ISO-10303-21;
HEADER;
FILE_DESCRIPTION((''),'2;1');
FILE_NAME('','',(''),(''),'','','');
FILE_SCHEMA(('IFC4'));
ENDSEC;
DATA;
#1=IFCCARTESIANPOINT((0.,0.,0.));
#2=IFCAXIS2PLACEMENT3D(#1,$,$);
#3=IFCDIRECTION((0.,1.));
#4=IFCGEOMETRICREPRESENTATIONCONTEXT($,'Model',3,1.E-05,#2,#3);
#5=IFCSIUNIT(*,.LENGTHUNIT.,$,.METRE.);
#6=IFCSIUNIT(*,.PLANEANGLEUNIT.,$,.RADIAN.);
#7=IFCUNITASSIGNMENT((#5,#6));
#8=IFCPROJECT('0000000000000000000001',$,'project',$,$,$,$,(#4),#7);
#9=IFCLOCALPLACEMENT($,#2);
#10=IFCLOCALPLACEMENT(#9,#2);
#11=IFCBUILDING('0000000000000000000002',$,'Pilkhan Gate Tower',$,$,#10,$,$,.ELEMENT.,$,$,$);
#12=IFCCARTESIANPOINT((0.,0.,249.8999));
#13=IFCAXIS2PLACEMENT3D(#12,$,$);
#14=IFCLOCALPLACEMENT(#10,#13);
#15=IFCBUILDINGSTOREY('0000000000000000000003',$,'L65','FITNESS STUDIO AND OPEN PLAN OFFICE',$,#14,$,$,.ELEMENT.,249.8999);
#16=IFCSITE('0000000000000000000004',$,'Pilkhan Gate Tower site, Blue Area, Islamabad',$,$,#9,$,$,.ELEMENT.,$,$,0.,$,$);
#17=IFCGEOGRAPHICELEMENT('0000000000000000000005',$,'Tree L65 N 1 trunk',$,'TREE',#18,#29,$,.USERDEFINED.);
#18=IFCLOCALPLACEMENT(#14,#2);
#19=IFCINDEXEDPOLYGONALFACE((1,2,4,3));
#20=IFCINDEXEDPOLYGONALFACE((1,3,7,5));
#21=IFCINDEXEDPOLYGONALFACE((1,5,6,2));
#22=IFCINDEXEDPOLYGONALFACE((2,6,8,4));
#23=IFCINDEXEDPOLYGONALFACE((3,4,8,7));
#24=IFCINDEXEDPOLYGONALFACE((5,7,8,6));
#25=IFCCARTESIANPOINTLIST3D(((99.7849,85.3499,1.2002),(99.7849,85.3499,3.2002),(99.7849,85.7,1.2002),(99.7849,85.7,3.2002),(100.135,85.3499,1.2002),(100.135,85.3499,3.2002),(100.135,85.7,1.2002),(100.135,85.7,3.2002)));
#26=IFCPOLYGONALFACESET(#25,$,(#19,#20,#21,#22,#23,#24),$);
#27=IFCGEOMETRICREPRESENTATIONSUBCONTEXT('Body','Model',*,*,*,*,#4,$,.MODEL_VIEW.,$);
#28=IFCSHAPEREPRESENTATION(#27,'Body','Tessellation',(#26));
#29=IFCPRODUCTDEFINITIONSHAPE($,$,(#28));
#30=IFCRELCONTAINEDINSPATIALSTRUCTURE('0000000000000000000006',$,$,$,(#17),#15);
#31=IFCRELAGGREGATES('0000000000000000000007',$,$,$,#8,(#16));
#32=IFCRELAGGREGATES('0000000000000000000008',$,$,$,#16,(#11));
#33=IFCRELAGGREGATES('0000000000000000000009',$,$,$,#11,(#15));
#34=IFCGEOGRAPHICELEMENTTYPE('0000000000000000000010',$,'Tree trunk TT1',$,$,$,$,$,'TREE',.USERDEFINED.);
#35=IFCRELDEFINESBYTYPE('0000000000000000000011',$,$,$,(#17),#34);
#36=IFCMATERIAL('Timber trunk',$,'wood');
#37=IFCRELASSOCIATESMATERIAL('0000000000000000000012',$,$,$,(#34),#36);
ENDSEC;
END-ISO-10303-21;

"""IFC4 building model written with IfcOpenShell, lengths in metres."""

from ifc_helpers import new_model, si_unit, direction, frame, origin, origin_2d, place, context, subcontext, project, spatial, rectangle, extrude, material, type_object, element, save


model = new_model("IFC4")

# Units and contexts
model_context = context("Model", 3, precision=1e-05, world=origin(), true_north=direction((0.0, 1.0)))
body_context = subcontext(model_context, "Body", "Model", "MODEL_VIEW")
ifc_project = project(units=[si_unit("LENGTHUNIT", "METRE"), si_unit("PLANEANGLEUNIT", "RADIAN")], contexts=[model_context])

# Site, building, storey
site_placement = place(None, origin())
site = spatial("IfcSite", under=ifc_project, at=site_placement, Name="Pilkhan Gate Tower site, Blue Area, Islamabad", CompositionType="ELEMENT", RefElevation=0.0)
building_placement = place(site_placement, origin())
building = spatial("IfcBuilding", under=site, at=building_placement, Name="Pilkhan Gate Tower", CompositionType="ELEMENT")
storey_placement = place(building_placement, frame((0.0, 0.0, 249.8999)))
storey = spatial("IfcBuildingStorey", under=building, at=storey_placement, Name="L65", Description="FITNESS STUDIO AND OPEN PLAN OFFICE", CompositionType="ELEMENT", Elevation=249.8999)

# Geographic element
ifc_material_1 = material(Name="Timber trunk", Category="wood")
geographic_element_type_1 = type_object("IfcGeographicElementType", Name="Tree trunk TT1", ElementType="TREE", PredefinedType="USERDEFINED", material=ifc_material_1)
geographic_element_1_placement = place(storey_placement, frame((99.96, 85.5249, 1.2002), z_axis=(0.0, 0.0, 1.0), x_axis=(1.0, 0.0, 0.0)))
element("IfcGeographicElement", 1, at=geographic_element_1_placement, inside=storey, type_object=geographic_element_type_1, Name="Tree L65 N 1 trunk", ObjectType="TREE", PredefinedType="USERDEFINED", context=body_context, shape_type="SweptSolid", body=[
    extrude(rectangle(XDim=0.3501, YDim=0.3501, at=origin_2d()), origin(), (0.0, 0.0, 1.0), 2.0),
])

save(model, "model.ifc")
